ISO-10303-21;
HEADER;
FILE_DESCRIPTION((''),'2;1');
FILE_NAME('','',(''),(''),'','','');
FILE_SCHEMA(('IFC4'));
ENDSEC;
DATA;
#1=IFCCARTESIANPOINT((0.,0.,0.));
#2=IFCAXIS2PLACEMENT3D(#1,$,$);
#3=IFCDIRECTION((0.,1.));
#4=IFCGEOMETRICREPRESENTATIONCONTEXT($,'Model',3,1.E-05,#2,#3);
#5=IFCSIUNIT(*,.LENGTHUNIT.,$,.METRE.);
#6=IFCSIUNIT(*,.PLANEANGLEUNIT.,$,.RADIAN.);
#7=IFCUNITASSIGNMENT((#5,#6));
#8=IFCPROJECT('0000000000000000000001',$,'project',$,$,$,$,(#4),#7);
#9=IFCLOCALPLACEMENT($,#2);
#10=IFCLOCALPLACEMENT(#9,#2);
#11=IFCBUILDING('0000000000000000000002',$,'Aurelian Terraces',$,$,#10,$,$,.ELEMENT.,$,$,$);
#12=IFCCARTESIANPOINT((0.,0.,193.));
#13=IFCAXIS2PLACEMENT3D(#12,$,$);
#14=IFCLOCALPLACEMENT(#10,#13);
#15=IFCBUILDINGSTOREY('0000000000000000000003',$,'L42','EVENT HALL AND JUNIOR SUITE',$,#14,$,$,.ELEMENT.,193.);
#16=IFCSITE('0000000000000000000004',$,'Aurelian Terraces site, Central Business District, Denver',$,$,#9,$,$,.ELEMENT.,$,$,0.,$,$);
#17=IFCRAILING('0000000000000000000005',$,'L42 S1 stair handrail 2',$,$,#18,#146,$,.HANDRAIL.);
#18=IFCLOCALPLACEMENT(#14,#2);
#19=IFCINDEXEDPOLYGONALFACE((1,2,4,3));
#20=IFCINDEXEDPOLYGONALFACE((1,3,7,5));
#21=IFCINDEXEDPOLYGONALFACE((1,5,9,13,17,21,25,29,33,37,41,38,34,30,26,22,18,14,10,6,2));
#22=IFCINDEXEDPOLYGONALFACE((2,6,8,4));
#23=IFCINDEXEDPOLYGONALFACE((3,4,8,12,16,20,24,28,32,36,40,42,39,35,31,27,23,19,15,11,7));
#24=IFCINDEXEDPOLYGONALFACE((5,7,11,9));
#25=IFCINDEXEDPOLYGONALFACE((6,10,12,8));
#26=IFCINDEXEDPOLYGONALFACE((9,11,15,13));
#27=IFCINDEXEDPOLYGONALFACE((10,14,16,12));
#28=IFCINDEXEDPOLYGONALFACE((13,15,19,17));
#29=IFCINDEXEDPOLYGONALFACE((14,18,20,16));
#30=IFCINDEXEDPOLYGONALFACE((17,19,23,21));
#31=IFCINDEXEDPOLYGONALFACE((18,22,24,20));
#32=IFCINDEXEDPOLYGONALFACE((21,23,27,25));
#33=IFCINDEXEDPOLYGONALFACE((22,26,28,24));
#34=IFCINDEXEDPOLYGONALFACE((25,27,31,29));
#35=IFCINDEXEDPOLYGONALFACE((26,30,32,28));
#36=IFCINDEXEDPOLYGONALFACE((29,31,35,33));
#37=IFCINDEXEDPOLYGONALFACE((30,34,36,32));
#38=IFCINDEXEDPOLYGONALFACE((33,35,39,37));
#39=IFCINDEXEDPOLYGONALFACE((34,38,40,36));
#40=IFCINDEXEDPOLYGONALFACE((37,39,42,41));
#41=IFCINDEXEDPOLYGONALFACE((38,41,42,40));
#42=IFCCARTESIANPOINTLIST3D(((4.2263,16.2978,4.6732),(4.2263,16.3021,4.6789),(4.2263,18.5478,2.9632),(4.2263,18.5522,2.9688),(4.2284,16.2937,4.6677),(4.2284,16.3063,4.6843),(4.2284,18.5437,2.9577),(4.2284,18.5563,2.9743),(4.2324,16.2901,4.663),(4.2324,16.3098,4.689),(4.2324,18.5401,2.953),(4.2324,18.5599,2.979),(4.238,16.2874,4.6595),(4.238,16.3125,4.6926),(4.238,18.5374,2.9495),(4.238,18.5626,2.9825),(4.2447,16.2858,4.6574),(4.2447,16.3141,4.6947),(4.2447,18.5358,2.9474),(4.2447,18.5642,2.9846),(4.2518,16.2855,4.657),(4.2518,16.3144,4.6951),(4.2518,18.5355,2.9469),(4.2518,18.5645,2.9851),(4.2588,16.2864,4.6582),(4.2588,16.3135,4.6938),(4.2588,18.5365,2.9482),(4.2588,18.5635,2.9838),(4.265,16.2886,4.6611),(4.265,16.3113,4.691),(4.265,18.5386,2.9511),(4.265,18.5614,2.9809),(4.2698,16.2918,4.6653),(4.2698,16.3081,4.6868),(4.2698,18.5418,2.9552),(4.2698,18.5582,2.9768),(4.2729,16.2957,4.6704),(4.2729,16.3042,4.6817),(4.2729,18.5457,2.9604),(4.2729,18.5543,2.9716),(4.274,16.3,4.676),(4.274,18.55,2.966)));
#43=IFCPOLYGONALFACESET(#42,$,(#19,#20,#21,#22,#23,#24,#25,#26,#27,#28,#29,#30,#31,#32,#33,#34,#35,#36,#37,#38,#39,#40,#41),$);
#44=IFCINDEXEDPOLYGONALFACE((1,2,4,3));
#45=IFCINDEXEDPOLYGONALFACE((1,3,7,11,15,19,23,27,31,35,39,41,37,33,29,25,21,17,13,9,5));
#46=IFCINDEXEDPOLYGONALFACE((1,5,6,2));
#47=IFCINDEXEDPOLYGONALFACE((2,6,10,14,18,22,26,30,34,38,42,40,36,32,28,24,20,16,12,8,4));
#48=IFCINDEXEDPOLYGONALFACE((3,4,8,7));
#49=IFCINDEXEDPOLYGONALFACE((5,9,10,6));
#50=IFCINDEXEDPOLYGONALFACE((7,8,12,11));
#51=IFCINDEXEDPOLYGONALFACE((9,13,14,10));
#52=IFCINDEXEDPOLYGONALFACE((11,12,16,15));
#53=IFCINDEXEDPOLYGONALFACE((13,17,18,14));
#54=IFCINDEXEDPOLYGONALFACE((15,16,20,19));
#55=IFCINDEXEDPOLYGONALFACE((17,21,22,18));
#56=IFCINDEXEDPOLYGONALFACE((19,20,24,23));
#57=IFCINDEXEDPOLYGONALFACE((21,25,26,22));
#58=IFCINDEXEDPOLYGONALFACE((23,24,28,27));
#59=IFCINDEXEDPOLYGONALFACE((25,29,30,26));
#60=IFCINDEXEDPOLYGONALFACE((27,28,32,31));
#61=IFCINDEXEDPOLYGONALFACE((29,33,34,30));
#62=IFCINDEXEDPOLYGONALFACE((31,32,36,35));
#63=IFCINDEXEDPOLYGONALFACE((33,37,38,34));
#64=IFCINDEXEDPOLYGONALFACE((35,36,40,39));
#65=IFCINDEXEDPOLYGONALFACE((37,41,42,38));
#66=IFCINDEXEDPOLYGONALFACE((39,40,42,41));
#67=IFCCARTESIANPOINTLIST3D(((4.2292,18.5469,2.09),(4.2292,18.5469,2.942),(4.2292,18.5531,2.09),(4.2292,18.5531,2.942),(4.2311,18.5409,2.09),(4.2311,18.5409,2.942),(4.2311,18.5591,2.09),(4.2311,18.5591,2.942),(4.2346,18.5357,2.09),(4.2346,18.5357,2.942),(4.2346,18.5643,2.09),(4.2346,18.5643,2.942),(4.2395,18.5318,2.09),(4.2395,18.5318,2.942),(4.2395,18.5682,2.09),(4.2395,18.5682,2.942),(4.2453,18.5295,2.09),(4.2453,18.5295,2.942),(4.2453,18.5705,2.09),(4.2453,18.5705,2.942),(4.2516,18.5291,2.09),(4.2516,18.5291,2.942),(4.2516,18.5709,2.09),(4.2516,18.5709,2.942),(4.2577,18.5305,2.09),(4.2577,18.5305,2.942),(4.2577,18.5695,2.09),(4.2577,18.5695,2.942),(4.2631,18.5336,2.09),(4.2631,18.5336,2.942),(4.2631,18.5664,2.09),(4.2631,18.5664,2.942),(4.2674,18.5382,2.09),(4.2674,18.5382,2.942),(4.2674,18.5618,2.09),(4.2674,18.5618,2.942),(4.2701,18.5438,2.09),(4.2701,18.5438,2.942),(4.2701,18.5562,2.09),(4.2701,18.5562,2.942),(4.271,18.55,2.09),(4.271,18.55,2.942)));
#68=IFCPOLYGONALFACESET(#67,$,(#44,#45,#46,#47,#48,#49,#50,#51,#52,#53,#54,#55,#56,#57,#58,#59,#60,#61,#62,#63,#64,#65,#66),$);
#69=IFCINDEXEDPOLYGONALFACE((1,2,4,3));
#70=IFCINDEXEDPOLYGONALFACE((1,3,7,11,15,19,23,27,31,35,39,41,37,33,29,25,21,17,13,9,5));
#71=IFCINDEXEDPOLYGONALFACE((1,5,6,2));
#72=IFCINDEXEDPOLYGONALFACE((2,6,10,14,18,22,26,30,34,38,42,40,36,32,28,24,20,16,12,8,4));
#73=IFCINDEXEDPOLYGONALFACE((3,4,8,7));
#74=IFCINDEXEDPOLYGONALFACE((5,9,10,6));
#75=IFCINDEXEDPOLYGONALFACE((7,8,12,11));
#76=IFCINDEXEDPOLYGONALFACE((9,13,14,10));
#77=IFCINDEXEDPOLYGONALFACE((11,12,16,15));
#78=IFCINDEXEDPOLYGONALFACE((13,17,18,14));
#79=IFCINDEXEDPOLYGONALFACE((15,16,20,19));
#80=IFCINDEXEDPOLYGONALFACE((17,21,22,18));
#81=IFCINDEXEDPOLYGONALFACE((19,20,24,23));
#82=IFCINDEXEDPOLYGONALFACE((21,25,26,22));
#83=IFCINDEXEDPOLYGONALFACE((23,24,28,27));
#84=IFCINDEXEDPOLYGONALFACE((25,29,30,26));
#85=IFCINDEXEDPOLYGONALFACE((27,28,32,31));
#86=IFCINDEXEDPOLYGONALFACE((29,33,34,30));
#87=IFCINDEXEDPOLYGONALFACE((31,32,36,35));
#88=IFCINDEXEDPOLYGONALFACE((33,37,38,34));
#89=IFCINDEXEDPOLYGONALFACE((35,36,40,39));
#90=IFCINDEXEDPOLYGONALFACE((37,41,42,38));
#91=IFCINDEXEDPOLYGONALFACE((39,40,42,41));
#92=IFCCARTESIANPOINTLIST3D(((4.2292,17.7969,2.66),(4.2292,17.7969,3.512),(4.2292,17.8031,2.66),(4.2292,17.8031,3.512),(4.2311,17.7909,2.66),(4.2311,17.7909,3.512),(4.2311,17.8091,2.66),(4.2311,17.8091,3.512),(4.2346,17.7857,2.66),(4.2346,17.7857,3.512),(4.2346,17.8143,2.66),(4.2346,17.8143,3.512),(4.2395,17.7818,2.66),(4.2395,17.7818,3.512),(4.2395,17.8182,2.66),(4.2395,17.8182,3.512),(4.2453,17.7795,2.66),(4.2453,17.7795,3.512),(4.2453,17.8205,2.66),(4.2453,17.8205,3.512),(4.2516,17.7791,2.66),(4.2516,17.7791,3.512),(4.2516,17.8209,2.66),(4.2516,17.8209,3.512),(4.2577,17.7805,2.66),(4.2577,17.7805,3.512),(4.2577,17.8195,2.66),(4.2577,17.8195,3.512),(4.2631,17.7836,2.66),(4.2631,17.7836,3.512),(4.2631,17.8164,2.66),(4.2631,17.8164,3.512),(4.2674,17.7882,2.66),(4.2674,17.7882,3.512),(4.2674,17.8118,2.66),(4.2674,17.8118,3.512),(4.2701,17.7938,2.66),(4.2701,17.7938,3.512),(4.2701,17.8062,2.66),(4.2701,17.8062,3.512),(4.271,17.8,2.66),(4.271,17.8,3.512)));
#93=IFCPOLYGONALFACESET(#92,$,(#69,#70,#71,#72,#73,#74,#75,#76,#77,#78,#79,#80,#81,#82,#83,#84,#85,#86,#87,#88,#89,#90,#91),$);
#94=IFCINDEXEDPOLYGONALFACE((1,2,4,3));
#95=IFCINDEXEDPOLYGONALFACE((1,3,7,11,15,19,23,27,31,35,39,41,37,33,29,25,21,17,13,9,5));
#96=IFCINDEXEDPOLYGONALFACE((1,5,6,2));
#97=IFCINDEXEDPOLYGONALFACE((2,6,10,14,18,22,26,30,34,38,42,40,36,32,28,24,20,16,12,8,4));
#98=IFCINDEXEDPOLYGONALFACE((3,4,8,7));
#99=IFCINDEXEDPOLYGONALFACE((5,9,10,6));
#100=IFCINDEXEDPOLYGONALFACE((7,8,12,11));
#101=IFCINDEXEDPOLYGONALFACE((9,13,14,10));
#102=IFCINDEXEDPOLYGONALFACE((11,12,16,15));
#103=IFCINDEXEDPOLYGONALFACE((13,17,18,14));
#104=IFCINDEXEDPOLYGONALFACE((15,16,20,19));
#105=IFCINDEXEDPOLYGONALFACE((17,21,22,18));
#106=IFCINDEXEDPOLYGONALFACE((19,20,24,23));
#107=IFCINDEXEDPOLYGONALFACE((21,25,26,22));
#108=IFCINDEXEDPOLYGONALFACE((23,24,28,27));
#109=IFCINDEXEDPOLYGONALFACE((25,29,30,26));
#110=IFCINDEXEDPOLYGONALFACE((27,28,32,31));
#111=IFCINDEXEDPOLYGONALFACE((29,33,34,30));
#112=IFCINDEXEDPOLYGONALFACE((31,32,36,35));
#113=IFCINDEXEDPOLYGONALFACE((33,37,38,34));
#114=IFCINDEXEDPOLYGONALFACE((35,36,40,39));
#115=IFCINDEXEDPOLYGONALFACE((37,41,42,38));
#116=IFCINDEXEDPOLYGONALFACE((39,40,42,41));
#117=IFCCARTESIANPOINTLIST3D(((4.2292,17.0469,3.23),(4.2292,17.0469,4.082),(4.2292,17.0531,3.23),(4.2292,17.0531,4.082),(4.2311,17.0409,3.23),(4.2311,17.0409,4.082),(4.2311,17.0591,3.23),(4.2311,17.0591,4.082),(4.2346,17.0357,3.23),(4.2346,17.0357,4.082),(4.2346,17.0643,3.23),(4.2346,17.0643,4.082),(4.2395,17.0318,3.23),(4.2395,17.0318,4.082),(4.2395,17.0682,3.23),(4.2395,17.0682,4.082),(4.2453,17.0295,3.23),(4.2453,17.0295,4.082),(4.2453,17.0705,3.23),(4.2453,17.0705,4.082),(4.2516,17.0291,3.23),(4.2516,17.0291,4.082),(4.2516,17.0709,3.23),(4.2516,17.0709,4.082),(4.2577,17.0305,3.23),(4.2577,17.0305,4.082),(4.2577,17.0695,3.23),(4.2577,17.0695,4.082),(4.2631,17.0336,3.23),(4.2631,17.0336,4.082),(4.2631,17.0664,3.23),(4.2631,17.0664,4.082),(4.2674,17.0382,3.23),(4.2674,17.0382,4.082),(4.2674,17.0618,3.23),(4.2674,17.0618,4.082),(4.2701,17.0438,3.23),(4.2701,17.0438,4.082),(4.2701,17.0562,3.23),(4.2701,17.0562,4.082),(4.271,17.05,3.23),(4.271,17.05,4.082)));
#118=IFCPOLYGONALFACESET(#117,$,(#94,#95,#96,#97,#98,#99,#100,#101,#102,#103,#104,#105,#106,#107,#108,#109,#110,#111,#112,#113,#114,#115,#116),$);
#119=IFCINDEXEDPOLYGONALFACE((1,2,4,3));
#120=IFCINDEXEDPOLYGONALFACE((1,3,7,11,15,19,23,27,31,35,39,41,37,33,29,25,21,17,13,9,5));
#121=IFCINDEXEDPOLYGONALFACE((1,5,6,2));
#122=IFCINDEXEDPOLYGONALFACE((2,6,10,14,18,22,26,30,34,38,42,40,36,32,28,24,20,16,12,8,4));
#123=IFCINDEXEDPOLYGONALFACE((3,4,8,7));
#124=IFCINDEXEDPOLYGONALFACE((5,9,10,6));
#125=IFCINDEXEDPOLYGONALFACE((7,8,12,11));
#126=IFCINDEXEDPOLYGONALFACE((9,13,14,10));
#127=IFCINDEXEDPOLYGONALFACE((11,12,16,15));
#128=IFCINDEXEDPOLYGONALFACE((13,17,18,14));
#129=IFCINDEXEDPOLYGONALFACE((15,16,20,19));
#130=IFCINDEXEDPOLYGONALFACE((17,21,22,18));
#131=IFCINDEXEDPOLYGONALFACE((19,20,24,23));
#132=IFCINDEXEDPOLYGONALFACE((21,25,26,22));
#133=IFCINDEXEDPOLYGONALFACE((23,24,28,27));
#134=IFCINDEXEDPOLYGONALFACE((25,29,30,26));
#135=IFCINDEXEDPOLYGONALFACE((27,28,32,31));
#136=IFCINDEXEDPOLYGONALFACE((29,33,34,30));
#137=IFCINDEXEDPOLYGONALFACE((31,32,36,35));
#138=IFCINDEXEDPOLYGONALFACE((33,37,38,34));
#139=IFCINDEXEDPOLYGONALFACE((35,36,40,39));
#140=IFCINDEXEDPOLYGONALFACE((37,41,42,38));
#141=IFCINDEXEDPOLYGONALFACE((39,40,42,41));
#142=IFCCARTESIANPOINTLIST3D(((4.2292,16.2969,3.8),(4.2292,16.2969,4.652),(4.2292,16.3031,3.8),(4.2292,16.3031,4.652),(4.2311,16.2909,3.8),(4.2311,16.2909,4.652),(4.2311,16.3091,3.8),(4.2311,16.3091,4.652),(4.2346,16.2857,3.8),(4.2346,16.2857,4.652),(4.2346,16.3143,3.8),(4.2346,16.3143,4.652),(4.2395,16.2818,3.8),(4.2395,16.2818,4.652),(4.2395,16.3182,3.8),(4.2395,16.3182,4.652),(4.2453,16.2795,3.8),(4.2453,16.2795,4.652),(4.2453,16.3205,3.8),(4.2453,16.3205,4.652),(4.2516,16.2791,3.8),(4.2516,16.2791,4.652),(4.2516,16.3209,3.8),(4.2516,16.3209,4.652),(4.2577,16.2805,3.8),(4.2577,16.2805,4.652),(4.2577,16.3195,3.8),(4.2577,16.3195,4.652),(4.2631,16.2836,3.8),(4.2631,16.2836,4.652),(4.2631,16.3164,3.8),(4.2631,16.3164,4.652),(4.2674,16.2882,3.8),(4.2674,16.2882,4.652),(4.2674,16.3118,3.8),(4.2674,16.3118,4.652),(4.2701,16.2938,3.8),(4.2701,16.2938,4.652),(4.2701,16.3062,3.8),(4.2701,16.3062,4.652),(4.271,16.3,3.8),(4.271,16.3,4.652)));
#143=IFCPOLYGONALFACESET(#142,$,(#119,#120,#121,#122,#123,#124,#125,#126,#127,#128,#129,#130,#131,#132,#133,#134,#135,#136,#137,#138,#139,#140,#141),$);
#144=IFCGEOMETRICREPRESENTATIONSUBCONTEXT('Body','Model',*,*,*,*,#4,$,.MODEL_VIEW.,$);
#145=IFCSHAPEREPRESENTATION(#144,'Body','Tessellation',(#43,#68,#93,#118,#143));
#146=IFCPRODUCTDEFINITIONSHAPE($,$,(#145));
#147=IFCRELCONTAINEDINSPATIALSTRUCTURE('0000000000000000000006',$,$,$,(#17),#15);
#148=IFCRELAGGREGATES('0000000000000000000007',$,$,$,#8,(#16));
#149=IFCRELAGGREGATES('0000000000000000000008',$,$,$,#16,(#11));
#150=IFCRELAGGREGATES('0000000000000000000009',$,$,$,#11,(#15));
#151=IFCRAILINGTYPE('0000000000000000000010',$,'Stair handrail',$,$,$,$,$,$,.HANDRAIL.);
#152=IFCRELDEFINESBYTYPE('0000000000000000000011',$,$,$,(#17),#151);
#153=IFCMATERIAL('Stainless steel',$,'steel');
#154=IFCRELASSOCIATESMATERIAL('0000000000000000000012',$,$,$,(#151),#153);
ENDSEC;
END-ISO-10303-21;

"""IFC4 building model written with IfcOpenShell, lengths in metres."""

from ifc_helpers import new_model, si_unit, direction, frame, origin, origin_2d, place, context, subcontext, project, spatial, circle, extrude, source, transform, mapped, material, type_object, element, save


model = new_model("IFC4")

# Units and contexts
model_context = context("Model", 3, precision=1e-05, world=origin(), true_north=direction((0.0, 1.0)))
body_context = subcontext(model_context, "Body", "Model", "MODEL_VIEW")
ifc_project = project(units=[si_unit("LENGTHUNIT", "METRE"), si_unit("PLANEANGLEUNIT", "RADIAN")], contexts=[model_context])

# Site, building, storey
site_placement = place(None, origin())
site = spatial("IfcSite", under=ifc_project, at=site_placement, Name="Aurelian Terraces site, Central Business District, Denver", CompositionType="ELEMENT", RefElevation=0.0)
building_placement = place(site_placement, origin())
building = spatial("IfcBuilding", under=site, at=building_placement, Name="Aurelian Terraces", CompositionType="ELEMENT")
storey_placement = place(building_placement, frame((0.0, 0.0, 193.0)))
storey = spatial("IfcBuildingStorey", under=building, at=storey_placement, Name="L42", Description="EVENT HALL AND JUNIOR SUITE", CompositionType="ELEMENT", Elevation=193.0)

# Railing
ifc_material_1 = material(Name="Stainless steel", Category="steel")
railing_type_1 = type_object("IfcRailingType", Name="Stair handrail", PredefinedType="HANDRAIL", material=ifc_material_1)
shared_shape_1 = source(origin(), body_context, "Body", "SweptSolid", [
    extrude(circle(Radius=0.024, at=origin_2d()), frame((0.0, 0.0, 0.876), z_axis=(0.0, -0.796162, 0.605083), x_axis=(1.0, 0.0, 0.0)), (0.0, 0.0, 1.0), 2.8261),
    extrude(circle(Radius=0.021, at=origin_2d()), origin(), (0.0, 0.0, 1.0), 0.852),
    extrude(circle(Radius=0.021, at=origin_2d()), frame((0.0, -0.75, 0.57)), (0.0, 0.0, 1.0), 0.852),
    extrude(circle(Radius=0.021, at=origin_2d()), frame((0.0, -1.5, 1.14)), (0.0, 0.0, 1.0), 0.852),
    extrude(circle(Radius=0.021, at=origin_2d()), frame((0.0, -2.25, 1.71)), (0.0, 0.0, 1.0), 0.852),
])
railing_1_placement = place(storey_placement, frame((4.25, 18.55, 2.09)))
element("IfcRailing", 1, at=railing_1_placement, inside=storey, type_object=railing_type_1, Name="L42 S1 stair handrail 2", PredefinedType="HANDRAIL", context=body_context, shape_type="MappedRepresentation", body=[
    mapped(shared_shape_1, transform((0.0, 0.0, 0.0), scale=1.0)),
])

save(model, "model.ifc")
